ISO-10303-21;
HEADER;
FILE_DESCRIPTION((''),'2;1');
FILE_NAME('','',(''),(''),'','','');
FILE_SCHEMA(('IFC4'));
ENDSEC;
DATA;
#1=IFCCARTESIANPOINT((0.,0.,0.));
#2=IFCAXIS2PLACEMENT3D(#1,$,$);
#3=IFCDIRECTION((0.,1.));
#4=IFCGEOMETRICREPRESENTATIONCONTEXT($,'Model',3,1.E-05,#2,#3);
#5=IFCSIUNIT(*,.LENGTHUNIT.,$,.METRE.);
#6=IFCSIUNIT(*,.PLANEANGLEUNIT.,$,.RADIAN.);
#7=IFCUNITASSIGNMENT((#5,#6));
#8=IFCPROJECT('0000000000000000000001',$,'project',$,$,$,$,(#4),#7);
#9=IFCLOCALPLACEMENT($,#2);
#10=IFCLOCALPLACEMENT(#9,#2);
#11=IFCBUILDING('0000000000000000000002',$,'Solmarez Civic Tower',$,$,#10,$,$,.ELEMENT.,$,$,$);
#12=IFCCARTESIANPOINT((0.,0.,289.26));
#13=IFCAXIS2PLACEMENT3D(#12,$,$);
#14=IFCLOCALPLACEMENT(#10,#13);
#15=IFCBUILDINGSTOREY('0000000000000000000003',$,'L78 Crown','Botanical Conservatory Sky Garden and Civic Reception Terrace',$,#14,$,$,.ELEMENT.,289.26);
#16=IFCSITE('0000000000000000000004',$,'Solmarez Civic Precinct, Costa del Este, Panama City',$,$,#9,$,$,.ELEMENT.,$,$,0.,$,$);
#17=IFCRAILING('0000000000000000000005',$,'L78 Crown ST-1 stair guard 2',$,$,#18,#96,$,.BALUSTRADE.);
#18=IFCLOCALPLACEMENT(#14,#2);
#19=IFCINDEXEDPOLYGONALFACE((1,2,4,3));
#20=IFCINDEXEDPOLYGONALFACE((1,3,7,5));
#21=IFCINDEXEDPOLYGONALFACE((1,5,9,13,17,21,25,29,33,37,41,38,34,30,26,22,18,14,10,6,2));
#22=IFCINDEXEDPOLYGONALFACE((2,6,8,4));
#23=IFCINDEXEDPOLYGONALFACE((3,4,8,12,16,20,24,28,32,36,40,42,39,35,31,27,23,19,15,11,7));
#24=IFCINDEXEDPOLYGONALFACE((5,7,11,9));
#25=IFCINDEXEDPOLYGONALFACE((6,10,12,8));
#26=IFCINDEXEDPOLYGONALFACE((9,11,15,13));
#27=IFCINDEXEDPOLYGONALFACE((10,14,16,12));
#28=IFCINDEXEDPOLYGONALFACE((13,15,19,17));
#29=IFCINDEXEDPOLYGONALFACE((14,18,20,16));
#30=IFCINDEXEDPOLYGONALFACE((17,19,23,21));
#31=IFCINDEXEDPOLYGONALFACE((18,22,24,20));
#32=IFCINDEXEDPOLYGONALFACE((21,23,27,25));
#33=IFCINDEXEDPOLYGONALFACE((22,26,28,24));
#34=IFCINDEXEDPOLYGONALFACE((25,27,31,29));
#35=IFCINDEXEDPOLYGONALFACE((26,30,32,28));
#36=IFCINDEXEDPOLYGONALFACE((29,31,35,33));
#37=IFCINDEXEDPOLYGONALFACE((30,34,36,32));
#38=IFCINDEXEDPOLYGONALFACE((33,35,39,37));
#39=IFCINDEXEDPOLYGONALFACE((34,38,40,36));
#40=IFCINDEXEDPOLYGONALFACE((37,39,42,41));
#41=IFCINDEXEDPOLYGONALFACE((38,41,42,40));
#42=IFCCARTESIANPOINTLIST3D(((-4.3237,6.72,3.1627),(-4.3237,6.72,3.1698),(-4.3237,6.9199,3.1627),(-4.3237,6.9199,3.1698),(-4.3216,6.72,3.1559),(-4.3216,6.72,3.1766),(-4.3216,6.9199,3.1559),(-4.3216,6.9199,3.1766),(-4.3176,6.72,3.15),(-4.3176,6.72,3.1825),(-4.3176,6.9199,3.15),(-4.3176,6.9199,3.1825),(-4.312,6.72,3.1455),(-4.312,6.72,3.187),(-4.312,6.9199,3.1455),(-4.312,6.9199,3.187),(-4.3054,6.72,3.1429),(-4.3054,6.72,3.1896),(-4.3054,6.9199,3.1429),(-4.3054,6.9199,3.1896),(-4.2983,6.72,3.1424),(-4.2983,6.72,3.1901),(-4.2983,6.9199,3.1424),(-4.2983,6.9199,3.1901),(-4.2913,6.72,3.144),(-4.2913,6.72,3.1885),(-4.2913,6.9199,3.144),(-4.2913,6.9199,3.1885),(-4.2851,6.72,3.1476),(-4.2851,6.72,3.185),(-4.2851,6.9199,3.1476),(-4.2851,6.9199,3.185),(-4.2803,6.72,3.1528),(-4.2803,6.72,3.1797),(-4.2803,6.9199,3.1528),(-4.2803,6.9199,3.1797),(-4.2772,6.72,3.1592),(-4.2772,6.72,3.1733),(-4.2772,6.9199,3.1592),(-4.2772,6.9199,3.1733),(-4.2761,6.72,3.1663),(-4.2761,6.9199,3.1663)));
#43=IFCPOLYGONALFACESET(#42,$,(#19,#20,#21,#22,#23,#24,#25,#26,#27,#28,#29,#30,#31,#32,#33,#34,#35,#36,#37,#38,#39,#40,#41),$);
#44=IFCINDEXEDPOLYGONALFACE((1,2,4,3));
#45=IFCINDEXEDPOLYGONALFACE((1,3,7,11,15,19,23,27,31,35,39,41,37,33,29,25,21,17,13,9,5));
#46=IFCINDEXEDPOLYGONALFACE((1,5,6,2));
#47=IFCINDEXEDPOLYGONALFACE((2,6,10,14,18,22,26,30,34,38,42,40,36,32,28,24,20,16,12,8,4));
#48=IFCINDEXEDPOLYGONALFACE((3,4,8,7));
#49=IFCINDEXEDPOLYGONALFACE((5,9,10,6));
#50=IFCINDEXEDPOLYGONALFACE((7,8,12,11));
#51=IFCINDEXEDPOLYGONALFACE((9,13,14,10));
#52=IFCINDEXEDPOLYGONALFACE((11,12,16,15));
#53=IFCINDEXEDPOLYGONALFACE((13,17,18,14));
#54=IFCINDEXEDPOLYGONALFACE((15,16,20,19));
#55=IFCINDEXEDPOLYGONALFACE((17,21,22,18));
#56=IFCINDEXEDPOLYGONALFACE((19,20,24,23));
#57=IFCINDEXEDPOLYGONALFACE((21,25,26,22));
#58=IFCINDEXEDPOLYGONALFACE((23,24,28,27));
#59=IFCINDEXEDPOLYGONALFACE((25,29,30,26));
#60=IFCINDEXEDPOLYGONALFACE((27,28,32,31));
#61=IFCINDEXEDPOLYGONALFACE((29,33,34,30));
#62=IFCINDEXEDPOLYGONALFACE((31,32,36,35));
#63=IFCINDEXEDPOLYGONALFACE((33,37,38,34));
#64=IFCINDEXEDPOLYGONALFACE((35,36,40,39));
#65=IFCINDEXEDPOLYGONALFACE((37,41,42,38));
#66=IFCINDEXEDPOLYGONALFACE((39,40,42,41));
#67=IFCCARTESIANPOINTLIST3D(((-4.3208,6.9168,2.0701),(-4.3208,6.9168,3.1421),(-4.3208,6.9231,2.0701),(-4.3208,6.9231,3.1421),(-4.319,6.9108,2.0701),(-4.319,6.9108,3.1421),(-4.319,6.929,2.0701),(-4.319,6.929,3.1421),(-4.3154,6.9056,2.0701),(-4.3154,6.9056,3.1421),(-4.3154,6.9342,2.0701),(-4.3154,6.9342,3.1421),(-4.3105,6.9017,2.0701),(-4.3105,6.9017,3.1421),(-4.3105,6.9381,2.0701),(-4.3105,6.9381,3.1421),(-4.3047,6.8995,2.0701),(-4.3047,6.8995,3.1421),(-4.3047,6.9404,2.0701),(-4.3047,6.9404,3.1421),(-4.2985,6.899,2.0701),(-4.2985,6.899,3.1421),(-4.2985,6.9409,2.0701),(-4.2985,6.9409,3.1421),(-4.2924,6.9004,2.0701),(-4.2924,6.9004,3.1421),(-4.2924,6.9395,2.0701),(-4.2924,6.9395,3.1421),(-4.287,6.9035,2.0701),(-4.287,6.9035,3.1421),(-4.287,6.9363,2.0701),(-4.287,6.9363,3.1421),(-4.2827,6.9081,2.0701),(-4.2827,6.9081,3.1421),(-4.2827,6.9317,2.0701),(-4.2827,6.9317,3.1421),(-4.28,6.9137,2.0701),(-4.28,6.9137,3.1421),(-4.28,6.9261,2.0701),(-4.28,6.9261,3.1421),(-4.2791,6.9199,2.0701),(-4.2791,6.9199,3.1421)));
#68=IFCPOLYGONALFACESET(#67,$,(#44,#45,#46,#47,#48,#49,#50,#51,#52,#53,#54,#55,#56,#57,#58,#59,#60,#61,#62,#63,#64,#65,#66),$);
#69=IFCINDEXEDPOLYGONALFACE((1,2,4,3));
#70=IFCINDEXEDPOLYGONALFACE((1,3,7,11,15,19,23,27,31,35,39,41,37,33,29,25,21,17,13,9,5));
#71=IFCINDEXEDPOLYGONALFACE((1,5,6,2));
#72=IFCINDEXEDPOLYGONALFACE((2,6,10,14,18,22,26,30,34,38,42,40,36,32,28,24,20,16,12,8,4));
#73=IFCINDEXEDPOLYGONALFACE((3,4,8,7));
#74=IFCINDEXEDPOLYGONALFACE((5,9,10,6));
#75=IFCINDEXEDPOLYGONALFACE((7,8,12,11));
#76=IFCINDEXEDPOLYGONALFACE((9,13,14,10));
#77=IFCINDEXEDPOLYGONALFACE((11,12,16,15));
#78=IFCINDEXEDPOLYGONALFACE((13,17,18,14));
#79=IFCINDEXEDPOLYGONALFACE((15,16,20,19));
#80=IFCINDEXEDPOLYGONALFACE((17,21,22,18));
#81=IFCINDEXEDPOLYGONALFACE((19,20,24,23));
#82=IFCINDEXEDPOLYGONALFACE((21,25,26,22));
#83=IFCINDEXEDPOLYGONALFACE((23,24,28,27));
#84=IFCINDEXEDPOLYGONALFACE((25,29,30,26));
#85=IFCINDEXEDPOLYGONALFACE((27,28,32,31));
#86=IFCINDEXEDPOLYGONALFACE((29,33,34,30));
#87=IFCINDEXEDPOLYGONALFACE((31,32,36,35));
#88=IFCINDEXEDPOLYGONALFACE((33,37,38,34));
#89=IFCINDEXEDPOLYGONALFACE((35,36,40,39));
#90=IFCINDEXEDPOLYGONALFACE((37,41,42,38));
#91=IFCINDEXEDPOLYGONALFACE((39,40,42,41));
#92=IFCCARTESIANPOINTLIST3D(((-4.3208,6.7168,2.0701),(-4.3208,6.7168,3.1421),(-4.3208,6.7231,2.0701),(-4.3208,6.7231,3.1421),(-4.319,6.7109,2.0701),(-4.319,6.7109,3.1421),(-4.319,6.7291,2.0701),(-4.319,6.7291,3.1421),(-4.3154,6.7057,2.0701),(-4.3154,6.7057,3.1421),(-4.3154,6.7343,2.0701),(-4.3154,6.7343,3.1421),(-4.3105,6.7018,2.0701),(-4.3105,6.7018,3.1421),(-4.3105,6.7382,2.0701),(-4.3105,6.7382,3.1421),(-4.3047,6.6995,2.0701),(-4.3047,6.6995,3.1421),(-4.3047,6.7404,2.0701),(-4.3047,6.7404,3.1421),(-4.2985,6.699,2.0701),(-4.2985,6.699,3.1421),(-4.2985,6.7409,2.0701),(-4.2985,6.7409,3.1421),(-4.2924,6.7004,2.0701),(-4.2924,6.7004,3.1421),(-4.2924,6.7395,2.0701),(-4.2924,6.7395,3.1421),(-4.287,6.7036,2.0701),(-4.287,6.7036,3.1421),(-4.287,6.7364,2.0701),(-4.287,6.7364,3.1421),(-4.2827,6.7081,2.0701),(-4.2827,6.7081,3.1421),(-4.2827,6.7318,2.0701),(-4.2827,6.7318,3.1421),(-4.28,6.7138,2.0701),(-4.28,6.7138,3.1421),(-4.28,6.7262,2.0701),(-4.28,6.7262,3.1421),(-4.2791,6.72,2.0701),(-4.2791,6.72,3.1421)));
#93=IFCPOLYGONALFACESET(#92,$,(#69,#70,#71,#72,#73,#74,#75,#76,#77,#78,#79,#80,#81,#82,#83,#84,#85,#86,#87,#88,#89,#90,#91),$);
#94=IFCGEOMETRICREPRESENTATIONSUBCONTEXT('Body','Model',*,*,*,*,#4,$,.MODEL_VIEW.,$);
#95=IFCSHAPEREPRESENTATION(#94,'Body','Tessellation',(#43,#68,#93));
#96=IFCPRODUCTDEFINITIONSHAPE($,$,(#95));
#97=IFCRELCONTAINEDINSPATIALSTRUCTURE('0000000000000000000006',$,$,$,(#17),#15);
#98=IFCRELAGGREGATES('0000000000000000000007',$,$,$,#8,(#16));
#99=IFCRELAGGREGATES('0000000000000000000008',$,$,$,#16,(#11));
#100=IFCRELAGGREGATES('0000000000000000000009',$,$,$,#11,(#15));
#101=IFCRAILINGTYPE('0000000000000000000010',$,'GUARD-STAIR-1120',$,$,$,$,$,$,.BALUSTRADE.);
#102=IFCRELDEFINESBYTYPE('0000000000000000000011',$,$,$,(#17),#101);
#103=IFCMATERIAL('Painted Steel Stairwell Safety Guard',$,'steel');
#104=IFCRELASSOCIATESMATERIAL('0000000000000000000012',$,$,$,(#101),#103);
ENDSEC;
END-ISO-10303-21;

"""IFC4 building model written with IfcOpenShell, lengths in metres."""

from ifc_helpers import new_model, si_unit, direction, frame, origin, origin_2d, place, context, subcontext, project, spatial, circle, extrude, material, type_object, element, save


model = new_model("IFC4")

# Units and contexts
model_context = context("Model", 3, precision=1e-05, world=origin(), true_north=direction((0.0, 1.0)))
body_context = subcontext(model_context, "Body", "Model", "MODEL_VIEW")
ifc_project = project(units=[si_unit("LENGTHUNIT", "METRE"), si_unit("PLANEANGLEUNIT", "RADIAN")], contexts=[model_context])

# Site, building, storey
site_placement = place(None, origin())
site = spatial("IfcSite", under=ifc_project, at=site_placement, Name="Solmarez Civic Precinct, Costa del Este, Panama City", CompositionType="ELEMENT", RefElevation=0.0)
building_placement = place(site_placement, origin())
building = spatial("IfcBuilding", under=site, at=building_placement, Name="Solmarez Civic Tower", CompositionType="ELEMENT")
storey_placement = place(building_placement, frame((0.0, 0.0, 289.26)))
storey = spatial("IfcBuildingStorey", under=building, at=storey_placement, Name="L78 Crown", Description="Botanical Conservatory Sky Garden and Civic Reception Terrace", CompositionType="ELEMENT", Elevation=289.26)

# Railing
ifc_material_1 = material(Name="Painted Steel Stairwell Safety Guard", Category="steel")
railing_type_1 = type_object("IfcRailingType", Name="GUARD-STAIR-1120", PredefinedType="BALUSTRADE", material=ifc_material_1)
railing_1_placement = place(storey_placement, frame((-4.3, 6.9199, 2.0701)))
element("IfcRailing", 1, at=railing_1_placement, inside=storey, type_object=railing_type_1, Name="L78 Crown ST-1 stair guard 2", PredefinedType="BALUSTRADE", context=body_context, shape_type="SweptSolid", body=[
    extrude(circle(Radius=0.0239, at=origin_2d()), frame((0.0, 0.0, 1.0962), z_axis=(0.0, -1.0, 0.0), x_axis=(1.0, 0.0, 0.0)), (0.0, 0.0, 1.0), 0.2),
    extrude(circle(Radius=0.021, at=origin_2d()), origin(), (0.0, 0.0, 1.0), 1.072),
    extrude(circle(Radius=0.021, at=origin_2d()), frame((0.0, -0.2, 0.0)), (0.0, 0.0, 1.0), 1.072),
])

save(model, "model.ifc")
